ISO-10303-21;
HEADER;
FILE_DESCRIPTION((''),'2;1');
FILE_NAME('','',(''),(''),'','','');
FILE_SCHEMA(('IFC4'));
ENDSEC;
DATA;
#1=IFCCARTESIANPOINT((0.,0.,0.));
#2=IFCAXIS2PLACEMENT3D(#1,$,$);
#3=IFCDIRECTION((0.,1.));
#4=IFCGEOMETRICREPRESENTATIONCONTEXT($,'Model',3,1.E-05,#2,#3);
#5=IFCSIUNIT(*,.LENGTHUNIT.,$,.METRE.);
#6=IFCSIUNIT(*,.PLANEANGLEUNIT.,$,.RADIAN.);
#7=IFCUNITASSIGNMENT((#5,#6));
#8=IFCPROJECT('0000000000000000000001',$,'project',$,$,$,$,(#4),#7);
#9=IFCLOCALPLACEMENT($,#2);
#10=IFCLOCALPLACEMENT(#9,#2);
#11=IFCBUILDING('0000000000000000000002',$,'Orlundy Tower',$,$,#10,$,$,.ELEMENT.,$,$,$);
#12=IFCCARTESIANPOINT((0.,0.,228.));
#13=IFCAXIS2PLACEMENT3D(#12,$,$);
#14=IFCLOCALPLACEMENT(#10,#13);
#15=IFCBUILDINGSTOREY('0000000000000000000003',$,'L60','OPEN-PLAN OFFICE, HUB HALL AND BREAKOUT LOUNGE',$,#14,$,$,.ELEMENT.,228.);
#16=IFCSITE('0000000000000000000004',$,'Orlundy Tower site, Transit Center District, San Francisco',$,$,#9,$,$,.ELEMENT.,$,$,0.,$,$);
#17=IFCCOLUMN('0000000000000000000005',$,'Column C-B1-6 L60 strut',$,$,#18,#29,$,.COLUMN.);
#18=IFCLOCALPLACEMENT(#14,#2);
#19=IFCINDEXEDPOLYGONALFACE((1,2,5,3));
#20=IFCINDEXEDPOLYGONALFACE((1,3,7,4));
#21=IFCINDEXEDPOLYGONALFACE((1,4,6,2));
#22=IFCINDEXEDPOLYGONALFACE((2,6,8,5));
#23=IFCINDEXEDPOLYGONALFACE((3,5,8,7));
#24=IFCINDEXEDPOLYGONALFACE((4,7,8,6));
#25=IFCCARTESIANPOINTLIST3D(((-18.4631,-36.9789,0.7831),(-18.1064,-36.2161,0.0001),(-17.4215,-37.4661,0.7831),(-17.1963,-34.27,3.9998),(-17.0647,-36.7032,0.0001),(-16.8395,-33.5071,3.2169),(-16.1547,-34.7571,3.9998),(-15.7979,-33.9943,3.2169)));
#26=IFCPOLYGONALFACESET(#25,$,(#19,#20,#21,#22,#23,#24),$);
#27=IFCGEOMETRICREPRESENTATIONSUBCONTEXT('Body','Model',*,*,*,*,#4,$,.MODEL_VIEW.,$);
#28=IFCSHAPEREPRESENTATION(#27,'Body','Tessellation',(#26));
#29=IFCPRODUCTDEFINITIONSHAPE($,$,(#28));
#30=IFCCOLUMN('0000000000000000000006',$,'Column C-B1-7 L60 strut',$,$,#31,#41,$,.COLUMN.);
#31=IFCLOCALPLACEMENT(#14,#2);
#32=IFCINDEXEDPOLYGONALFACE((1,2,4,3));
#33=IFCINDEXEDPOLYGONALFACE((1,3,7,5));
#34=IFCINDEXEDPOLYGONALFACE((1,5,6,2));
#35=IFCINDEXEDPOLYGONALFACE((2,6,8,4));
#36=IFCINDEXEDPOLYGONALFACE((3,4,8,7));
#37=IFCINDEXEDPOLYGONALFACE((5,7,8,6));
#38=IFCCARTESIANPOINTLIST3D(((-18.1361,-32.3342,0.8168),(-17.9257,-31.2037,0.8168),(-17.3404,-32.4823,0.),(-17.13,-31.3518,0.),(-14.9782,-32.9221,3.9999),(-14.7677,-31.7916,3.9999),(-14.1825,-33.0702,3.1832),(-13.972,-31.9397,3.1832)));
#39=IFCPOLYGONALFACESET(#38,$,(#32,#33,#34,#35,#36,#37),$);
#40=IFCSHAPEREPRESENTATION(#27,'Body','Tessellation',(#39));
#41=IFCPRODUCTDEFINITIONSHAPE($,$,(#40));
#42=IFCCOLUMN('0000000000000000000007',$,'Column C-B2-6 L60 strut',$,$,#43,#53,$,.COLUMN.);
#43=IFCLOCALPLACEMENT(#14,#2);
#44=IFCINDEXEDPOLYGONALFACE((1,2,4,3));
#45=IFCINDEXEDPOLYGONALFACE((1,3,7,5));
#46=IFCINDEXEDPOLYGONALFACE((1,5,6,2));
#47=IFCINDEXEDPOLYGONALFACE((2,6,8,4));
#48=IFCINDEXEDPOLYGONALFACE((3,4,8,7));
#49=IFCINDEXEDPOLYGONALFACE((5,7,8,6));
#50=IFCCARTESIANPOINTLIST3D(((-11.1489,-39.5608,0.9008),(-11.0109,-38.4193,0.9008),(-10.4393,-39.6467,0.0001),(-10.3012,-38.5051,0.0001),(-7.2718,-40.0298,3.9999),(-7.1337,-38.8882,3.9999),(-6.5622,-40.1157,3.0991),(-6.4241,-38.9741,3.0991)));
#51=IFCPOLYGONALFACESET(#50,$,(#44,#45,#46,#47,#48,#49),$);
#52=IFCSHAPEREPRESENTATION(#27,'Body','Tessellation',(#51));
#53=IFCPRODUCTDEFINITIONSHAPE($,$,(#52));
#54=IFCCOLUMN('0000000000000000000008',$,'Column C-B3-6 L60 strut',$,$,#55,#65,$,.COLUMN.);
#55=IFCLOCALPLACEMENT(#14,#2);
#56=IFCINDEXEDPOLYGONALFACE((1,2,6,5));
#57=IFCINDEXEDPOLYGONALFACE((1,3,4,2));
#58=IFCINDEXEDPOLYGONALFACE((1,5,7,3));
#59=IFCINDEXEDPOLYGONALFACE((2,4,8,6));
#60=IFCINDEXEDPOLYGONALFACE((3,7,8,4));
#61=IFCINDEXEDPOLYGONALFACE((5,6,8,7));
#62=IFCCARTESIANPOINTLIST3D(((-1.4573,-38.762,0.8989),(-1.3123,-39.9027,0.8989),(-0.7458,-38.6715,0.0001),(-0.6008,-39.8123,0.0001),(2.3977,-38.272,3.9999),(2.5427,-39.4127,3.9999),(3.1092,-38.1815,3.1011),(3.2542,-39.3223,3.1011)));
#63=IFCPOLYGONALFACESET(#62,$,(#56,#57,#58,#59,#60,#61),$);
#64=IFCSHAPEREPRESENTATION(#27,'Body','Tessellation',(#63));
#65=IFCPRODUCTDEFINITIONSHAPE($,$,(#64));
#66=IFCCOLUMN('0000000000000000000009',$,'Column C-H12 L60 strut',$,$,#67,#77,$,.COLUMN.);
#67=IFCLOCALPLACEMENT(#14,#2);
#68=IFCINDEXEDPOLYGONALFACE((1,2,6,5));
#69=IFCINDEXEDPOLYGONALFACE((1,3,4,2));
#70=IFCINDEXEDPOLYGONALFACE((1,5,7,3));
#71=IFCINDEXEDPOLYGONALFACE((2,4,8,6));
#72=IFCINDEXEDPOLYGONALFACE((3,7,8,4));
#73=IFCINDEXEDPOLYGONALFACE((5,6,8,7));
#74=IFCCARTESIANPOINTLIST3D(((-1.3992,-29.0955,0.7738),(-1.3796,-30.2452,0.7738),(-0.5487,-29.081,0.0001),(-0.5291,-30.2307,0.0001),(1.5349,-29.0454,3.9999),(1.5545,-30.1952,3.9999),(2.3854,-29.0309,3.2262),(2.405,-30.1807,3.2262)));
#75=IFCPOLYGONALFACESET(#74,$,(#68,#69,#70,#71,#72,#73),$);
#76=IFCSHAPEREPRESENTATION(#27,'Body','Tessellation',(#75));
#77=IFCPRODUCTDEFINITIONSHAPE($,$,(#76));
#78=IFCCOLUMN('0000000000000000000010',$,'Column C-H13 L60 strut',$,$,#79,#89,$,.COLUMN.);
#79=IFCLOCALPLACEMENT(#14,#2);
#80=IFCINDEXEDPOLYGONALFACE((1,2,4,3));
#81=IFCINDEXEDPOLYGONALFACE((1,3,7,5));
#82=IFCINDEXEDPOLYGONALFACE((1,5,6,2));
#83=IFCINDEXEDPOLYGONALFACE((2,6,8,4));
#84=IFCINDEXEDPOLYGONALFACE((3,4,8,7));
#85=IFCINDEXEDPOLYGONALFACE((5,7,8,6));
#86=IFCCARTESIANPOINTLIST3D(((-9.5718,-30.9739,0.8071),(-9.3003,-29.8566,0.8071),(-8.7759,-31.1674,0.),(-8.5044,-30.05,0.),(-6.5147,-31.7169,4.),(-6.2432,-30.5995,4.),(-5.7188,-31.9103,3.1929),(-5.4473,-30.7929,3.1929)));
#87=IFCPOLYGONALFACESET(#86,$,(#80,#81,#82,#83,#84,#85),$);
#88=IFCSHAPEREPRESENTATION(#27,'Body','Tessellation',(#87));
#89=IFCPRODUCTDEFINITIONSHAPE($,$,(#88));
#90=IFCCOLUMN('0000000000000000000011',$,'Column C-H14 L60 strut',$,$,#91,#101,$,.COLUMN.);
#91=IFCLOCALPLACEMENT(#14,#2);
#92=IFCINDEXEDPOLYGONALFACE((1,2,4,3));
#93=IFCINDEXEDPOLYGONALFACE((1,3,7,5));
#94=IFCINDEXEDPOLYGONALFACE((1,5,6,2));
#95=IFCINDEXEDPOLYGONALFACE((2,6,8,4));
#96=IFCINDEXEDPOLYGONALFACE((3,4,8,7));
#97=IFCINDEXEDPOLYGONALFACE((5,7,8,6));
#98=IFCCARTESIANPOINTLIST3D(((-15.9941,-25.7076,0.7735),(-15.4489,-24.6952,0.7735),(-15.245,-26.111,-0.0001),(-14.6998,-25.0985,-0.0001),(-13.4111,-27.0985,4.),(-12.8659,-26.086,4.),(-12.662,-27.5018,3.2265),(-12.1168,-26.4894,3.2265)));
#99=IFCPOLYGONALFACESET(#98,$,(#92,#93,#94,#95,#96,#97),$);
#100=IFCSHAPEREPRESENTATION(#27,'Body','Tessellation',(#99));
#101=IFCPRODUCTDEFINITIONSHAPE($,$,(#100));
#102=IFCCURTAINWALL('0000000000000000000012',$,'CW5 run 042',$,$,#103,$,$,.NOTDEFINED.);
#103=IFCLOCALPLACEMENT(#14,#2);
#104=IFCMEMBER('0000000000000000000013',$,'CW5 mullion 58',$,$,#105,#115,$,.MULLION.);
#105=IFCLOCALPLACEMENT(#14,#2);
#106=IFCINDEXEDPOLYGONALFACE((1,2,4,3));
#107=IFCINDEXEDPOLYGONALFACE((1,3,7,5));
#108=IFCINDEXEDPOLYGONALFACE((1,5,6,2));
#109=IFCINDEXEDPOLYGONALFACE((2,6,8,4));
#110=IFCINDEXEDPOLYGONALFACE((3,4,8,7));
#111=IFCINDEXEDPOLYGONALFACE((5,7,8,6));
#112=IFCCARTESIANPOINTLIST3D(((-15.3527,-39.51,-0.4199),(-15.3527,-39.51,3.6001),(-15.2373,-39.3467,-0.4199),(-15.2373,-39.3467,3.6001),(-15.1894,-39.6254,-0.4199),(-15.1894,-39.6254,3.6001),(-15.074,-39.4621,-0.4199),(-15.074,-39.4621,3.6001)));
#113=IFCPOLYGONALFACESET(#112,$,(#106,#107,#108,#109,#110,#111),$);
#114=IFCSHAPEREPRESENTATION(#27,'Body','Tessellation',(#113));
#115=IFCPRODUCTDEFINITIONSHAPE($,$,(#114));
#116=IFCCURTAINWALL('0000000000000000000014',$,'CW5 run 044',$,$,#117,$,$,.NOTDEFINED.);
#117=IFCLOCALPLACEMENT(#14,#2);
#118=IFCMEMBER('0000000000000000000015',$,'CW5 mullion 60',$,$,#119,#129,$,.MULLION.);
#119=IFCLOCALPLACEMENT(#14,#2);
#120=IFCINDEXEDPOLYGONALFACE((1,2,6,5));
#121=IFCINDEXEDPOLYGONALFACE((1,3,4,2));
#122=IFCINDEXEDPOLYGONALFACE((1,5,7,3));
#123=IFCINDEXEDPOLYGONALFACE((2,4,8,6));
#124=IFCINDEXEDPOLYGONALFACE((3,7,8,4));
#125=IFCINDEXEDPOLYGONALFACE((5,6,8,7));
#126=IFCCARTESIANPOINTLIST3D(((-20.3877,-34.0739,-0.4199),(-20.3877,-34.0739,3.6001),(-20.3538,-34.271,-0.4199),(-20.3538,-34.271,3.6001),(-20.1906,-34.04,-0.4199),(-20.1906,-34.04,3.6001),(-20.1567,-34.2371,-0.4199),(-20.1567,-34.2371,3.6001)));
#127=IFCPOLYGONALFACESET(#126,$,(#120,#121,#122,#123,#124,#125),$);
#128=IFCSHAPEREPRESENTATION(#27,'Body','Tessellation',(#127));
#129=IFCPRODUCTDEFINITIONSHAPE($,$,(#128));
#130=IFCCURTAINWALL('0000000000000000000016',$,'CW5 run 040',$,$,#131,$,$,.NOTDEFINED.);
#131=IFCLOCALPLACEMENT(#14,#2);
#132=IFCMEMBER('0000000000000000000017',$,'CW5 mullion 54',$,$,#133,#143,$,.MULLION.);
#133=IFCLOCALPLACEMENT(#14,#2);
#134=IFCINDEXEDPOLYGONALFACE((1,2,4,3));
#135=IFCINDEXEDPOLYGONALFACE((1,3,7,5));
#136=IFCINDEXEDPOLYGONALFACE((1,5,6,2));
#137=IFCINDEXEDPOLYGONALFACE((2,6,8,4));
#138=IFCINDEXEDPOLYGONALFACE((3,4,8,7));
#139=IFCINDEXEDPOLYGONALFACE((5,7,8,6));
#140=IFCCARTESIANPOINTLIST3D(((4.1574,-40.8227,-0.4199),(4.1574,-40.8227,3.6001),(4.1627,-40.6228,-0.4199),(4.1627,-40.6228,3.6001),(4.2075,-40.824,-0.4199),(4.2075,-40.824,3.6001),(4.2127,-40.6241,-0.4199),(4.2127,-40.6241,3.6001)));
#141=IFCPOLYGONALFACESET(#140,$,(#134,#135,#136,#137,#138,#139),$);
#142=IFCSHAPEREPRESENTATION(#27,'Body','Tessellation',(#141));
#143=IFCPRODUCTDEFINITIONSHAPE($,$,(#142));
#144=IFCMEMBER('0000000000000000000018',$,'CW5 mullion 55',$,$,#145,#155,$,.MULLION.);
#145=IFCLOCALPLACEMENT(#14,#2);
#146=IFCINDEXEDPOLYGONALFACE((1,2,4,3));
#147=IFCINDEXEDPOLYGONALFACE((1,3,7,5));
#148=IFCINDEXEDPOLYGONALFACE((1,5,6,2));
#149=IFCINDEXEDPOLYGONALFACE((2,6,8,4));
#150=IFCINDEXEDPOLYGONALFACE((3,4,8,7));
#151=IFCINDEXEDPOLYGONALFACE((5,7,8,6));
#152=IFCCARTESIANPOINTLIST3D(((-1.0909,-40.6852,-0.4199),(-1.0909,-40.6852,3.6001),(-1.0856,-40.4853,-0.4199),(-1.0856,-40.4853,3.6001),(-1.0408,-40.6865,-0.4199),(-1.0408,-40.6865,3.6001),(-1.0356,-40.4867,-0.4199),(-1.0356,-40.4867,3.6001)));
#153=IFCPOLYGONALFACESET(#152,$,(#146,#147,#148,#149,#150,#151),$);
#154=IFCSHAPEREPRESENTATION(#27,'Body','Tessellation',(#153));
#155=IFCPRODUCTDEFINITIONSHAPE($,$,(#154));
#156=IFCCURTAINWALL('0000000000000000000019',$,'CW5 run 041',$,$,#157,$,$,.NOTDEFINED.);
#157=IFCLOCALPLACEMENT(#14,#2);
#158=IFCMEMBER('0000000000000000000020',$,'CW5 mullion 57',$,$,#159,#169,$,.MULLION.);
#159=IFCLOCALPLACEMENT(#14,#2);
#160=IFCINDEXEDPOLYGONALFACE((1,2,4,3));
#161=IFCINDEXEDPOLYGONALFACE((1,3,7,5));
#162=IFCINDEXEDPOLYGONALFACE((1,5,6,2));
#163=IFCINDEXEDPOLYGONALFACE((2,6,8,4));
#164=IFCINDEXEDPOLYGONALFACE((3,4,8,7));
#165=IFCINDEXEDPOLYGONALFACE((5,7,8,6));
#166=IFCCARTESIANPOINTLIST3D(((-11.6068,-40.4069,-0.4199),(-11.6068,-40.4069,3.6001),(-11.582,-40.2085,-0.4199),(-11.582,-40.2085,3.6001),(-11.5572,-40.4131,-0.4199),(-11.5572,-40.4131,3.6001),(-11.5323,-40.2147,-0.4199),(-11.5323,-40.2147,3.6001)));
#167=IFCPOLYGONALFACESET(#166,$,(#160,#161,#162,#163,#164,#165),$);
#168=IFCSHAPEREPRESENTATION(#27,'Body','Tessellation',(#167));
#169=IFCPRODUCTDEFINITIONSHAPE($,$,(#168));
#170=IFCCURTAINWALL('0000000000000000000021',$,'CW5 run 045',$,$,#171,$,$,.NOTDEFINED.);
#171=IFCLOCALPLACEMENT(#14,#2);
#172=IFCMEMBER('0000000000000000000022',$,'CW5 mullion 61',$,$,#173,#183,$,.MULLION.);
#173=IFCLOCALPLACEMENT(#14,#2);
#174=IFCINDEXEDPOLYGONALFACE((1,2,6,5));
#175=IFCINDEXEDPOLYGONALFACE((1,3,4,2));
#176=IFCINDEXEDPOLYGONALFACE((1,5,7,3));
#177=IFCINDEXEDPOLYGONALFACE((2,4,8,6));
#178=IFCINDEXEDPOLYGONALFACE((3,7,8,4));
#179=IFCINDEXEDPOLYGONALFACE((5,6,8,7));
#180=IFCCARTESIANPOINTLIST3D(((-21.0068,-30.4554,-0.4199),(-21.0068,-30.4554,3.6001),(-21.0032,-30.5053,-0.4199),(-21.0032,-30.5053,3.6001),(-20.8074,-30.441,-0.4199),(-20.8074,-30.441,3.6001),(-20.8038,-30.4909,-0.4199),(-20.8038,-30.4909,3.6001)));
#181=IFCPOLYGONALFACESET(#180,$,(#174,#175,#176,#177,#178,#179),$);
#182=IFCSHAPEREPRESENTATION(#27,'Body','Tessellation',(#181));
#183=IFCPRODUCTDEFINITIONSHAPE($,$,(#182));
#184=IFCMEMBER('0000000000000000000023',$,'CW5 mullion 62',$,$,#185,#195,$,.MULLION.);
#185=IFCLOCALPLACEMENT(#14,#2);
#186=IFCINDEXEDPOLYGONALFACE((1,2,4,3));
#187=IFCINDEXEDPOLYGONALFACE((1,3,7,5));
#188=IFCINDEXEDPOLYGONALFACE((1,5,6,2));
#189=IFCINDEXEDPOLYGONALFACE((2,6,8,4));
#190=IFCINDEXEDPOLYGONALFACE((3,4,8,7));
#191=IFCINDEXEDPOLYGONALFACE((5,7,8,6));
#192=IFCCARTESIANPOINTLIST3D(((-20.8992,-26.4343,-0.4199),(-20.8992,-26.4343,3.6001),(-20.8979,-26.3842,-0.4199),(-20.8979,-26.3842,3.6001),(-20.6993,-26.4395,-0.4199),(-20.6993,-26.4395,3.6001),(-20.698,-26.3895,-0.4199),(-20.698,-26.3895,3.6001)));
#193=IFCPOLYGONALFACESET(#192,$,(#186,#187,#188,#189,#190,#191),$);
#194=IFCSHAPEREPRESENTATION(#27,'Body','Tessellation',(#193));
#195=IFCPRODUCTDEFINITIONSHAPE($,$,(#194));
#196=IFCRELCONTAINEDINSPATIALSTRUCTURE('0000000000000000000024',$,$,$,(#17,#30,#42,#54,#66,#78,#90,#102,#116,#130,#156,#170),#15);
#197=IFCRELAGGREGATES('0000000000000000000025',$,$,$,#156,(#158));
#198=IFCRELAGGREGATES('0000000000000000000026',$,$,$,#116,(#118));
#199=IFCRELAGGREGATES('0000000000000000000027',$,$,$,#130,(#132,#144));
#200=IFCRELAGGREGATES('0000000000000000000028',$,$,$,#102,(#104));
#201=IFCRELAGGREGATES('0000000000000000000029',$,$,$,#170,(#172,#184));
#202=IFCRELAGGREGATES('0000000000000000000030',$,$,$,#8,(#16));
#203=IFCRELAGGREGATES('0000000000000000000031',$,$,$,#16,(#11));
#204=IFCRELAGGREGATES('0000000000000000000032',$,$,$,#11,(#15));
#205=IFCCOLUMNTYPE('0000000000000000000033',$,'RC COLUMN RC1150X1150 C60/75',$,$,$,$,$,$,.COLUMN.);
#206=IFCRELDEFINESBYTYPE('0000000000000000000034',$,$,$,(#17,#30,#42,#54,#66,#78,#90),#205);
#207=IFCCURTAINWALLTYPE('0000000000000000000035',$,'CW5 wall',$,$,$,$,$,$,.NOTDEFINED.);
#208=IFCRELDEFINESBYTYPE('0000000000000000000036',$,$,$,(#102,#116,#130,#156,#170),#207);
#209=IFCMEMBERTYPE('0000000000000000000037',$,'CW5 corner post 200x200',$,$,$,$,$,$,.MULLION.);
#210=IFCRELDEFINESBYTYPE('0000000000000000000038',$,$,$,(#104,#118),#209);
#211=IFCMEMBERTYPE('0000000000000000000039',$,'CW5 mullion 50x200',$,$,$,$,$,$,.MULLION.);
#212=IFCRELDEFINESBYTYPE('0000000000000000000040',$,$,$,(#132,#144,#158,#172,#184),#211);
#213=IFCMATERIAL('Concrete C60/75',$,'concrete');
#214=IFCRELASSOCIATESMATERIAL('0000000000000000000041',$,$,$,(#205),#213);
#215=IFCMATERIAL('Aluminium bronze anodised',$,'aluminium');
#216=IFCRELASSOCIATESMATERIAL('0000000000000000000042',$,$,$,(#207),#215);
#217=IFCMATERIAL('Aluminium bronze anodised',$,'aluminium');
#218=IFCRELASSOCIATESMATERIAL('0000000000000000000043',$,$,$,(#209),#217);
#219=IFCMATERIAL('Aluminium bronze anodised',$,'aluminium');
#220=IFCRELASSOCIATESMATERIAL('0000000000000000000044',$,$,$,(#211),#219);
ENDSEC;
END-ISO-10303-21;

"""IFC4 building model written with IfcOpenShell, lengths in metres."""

from ifc_helpers import new_model, si_unit, direction, frame, origin, origin_2d, place, context, subcontext, project, spatial, rectangle, extrude, material, material_profile, profile_set, type_object, element, aggregate, save


model = new_model("IFC4")

# Units and contexts
model_context = context("Model", 3, precision=1e-05, world=origin(), true_north=direction((0.0, 1.0)))
body_context = subcontext(model_context, "Body", "Model", "MODEL_VIEW")
ifc_project = project(units=[si_unit("LENGTHUNIT", "METRE"), si_unit("PLANEANGLEUNIT", "RADIAN")], contexts=[model_context])

# Site, building, storey
site_placement = place(None, origin())
site = spatial("IfcSite", under=ifc_project, at=site_placement, Name="Orlundy Tower site, Transit Center District, San Francisco", CompositionType="ELEMENT", RefElevation=0.0)
building_placement = place(site_placement, origin())
building = spatial("IfcBuilding", under=site, at=building_placement, Name="Orlundy Tower", CompositionType="ELEMENT")
storey_placement = place(building_placement, frame((0.0, 0.0, 228.0)))
storey = spatial("IfcBuildingStorey", under=building, at=storey_placement, Name="L60", Description="OPEN-PLAN OFFICE, HUB HALL AND BREAKOUT LOUNGE", CompositionType="ELEMENT", Elevation=228.0)

# Columns
ifc_material_1 = material(Name="Concrete C60/75", Category="concrete")
ifc_material_profile_1 = material_profile(ifc_material_1, rectangle(XDim=1.1499, YDim=1.1499, at=origin_2d()), Name="RC1150X1150")
ifc_profile_set_1 = profile_set([ifc_material_profile_1], Name="Concrete C60/75")
column_type = type_object("IfcColumnType", Name="RC COLUMN RC1150X1150 C60/75", PredefinedType="COLUMN", material=ifc_profile_set_1)
column_1_placement = place(storey_placement, frame((-17.7639, -36.8411, 0.3916), z_axis=(0.288432, 0.616774, 0.732391), x_axis=(-0.905843, 0.423614, 0.0)))
element("IfcColumn", 1, at=column_1_placement, inside=storey, type_object=column_type, Name="Column C-B1-6 L60 strut", PredefinedType="COLUMN", context=body_context, shape_type="SweptSolid", body=[
    extrude(rectangle(XDim=1.1499, YDim=1.1499, at=origin_2d()), origin(), (0.0, 0.0, 1.0), 4.3921),
])
column_2_placement = place(storey_placement, frame((-17.6331, -31.843, 0.4084), z_axis=(0.69832, -0.13, 0.703881), x_axis=(0.183017, 0.98311, 0.0)))
element("IfcColumn", 2, at=column_2_placement, inside=storey, type_object=column_type, Name="Column C-B1-7 L60 strut", PredefinedType="COLUMN", context=body_context, shape_type="SweptSolid", body=[
    extrude(rectangle(XDim=1.1499, YDim=1.1499, at=origin_2d()), origin(), (0.0, 0.0, 1.0), 4.5222),
])
column_3_placement = place(storey_placement, frame((-10.7251, -39.033, 0.4504), z_axis=(0.777664, -0.094068, 0.621602), x_axis=(0.120087, 0.992763, 0.0)))
element("IfcColumn", 3, at=column_3_placement, inside=storey, type_object=column_type, Name="Column C-B2-6 L60 strut", PredefinedType="COLUMN", context=body_context, shape_type="SweptSolid", body=[
    extrude(rectangle(XDim=1.1499, YDim=1.1499, at=origin_2d()), origin(), (0.0, 0.0, 1.0), 4.9856),
])
column_4_placement = place(storey_placement, frame((-1.0291, -39.2871, 0.4495), z_axis=(0.775388, 0.098556, 0.623747), x_axis=(-0.126091, 0.992019, 0.0)))
element("IfcColumn", 4, at=column_4_placement, inside=storey, type_object=column_type, Name="Column C-B3-6 L60 strut", PredefinedType="COLUMN", context=body_context, shape_type="SweptSolid", body=[
    extrude(rectangle(XDim=1.1499, YDim=1.1499, at=origin_2d()), origin(), (0.0, 0.0, 1.0), 4.9717),
])
column_5_placement = place(storey_placement, frame((-0.9641, -29.6631, 0.387), z_axis=(0.67279, 0.011476, 0.739744), x_axis=(-0.017055, 0.999855, 0.0)))
element("IfcColumn", 5, at=column_5_placement, inside=storey, type_object=column_type, Name="Column C-H12 L60 strut", PredefinedType="COLUMN", context=body_context, shape_type="SweptSolid", body=[
    extrude(rectangle(XDim=1.1499, YDim=1.1499, at=origin_2d()), origin(), (0.0, 0.0, 1.0), 4.3611),
])
column_6_placement = place(storey_placement, frame((-9.0381, -30.512, 0.4036), z_axis=(0.682021, -0.16574, 0.712304), x_axis=(0.23614, 0.971719, 0.0)))
element("IfcColumn", 6, at=column_6_placement, inside=storey, type_object=column_type, Name="Column C-H13 L60 strut", PredefinedType="COLUMN", context=body_context, shape_type="SweptSolid", body=[
    extrude(rectangle(XDim=1.1499, YDim=1.1499, at=origin_2d()), origin(), (0.0, 0.0, 1.0), 4.4824),
])
column_7_placement = place(storey_placement, frame((-15.3469, -25.4031, 0.3867), z_axis=(0.592315, -0.318943, 0.73989), x_axis=(0.474105, 0.880468, 0.0)))
element("IfcColumn", 7, at=column_7_placement, inside=storey, type_object=column_type, Name="Column C-H14 L60 strut", PredefinedType="COLUMN", context=body_context, shape_type="SweptSolid", body=[
    extrude(rectangle(XDim=1.1499, YDim=1.1499, at=origin_2d()), origin(), (0.0, 0.0, 1.0), 4.3608),
])

# Curtain walls, members
ifc_material_2 = material(Name="Aluminium bronze anodised", Category="aluminium")
curtain_wall_type = type_object("IfcCurtainWallType", Name="CW5 wall", PredefinedType="NOTDEFINED", material=ifc_material_2)
curtain_wall_1_placement = place(storey_placement, origin())
curtain_wall_1 = element("IfcCurtainWall", 8, at=curtain_wall_1_placement, inside=storey, type_object=curtain_wall_type, Name="CW5 run 042", PredefinedType="NOTDEFINED")
ifc_material_3 = material(Name="Aluminium bronze anodised", Category="aluminium")
ifc_material_profile_2 = material_profile(ifc_material_3, rectangle(XDim=0.2, YDim=0.2, at=origin_2d()), Name="CW5 corner post 200x200")
ifc_profile_set_2 = profile_set([ifc_material_profile_2], Name="Aluminium bronze anodised")
member_type_1 = type_object("IfcMemberType", Name="CW5 corner post 200x200", PredefinedType="MULLION", material=ifc_profile_set_2)
member_1_placement = place(storey_placement, frame((-15.2134, -39.4861, -0.4199), z_axis=(0.0, 0.0, 1.0), x_axis=(-0.577096, -0.816676, 0.0)))
member_1 = element("IfcMember", 9, at=member_1_placement, type_object=member_type_1, Name="CW5 mullion 58", PredefinedType="MULLION", context=body_context, shape_type="SweptSolid", body=[
    extrude(rectangle(XDim=0.2, YDim=0.2, at=origin_2d()), origin(), (0.0, 0.0, 1.0), 4.02),
])
curtain_wall_2_placement = place(storey_placement, origin())
curtain_wall_2 = element("IfcCurtainWall", 10, at=curtain_wall_2_placement, inside=storey, type_object=curtain_wall_type, Name="CW5 run 044", PredefinedType="NOTDEFINED")
member_2_placement = place(storey_placement, frame((-20.2722, -34.1555, -0.4199), z_axis=(0.0, 0.0, 1.0), x_axis=(-0.985543, -0.169428, 0.0)))
member_2 = element("IfcMember", 11, at=member_2_placement, type_object=member_type_1, Name="CW5 mullion 60", PredefinedType="MULLION", context=body_context, shape_type="SweptSolid", body=[
    extrude(rectangle(XDim=0.2, YDim=0.2, at=origin_2d()), origin(), (0.0, 0.0, 1.0), 4.02),
])

# Curtain wall, members
curtain_wall_3_placement = place(storey_placement, origin())
curtain_wall_3 = element("IfcCurtainWall", 12, at=curtain_wall_3_placement, inside=storey, type_object=curtain_wall_type, Name="CW5 run 040", PredefinedType="NOTDEFINED")
ifc_material_4 = material(Name="Aluminium bronze anodised", Category="aluminium")
ifc_material_profile_3 = material_profile(ifc_material_4, rectangle(XDim=0.2, YDim=0.05, at=origin_2d()), Name="CW5 mullion 50x200")
ifc_profile_set_3 = profile_set([ifc_material_profile_3], Name="Aluminium bronze anodised")
member_type_2 = type_object("IfcMemberType", Name="CW5 mullion 50x200", PredefinedType="MULLION", material=ifc_profile_set_3)
member_3_placement = place(storey_placement, frame((4.1851, -40.7234, -0.4199), z_axis=(0.0, 0.0, 1.0), x_axis=(-0.02619, -0.999657, 0.0)))
member_3 = element("IfcMember", 13, at=member_3_placement, type_object=member_type_2, Name="CW5 mullion 54", PredefinedType="MULLION", context=body_context, shape_type="SweptSolid", body=[
    extrude(rectangle(XDim=0.2, YDim=0.05, at=origin_2d()), origin(), (0.0, 0.0, 1.0), 4.02),
])
member_4_placement = place(storey_placement, frame((-1.0632, -40.5859, -0.4199), z_axis=(0.0, 0.0, 1.0), x_axis=(-0.02619, -0.999657, 0.0)))
member_4 = element("IfcMember", 14, at=member_4_placement, type_object=member_type_2, Name="CW5 mullion 55", PredefinedType="MULLION", context=body_context, shape_type="SweptSolid", body=[
    extrude(rectangle(XDim=0.2, YDim=0.05, at=origin_2d()), origin(), (0.0, 0.0, 1.0), 4.02),
])

# Curtain wall, member
curtain_wall_4_placement = place(storey_placement, origin())
curtain_wall_4 = element("IfcCurtainWall", 15, at=curtain_wall_4_placement, inside=storey, type_object=curtain_wall_type, Name="CW5 run 041", PredefinedType="NOTDEFINED")
member_5_placement = place(storey_placement, frame((-11.5696, -40.3108, -0.4199), z_axis=(0.0, 0.0, 1.0), x_axis=(-0.124042, -0.992277, 0.0)))
member_5 = element("IfcMember", 16, at=member_5_placement, type_object=member_type_2, Name="CW5 mullion 57", PredefinedType="MULLION", context=body_context, shape_type="SweptSolid", body=[
    extrude(rectangle(XDim=0.2, YDim=0.05, at=origin_2d()), origin(), (0.0, 0.0, 1.0), 4.02),
])

# Curtain wall, members
curtain_wall_5_placement = place(storey_placement, origin())
curtain_wall_5 = element("IfcCurtainWall", 17, at=curtain_wall_5_placement, inside=storey, type_object=curtain_wall_type, Name="CW5 run 045", PredefinedType="NOTDEFINED")
member_6_placement = place(storey_placement, frame((-20.9053, -30.4731, -0.4199), z_axis=(0.0, 0.0, 1.0), x_axis=(-0.99741, -0.071922, 0.0)))
member_6 = element("IfcMember", 18, at=member_6_placement, type_object=member_type_2, Name="CW5 mullion 61", PredefinedType="MULLION", context=body_context, shape_type="SweptSolid", body=[
    extrude(rectangle(XDim=0.2, YDim=0.05, at=origin_2d()), origin(), (0.0, 0.0, 1.0), 4.02),
])
member_7_placement = place(storey_placement, frame((-20.7986, -26.4119, -0.4199), z_axis=(0.0, 0.0, 1.0), x_axis=(-0.999655, 0.026277, 0.0)))
member_7 = element("IfcMember", 19, at=member_7_placement, type_object=member_type_2, Name="CW5 mullion 62", PredefinedType="MULLION", context=body_context, shape_type="SweptSolid", body=[
    extrude(rectangle(XDim=0.2, YDim=0.05, at=origin_2d()), origin(), (0.0, 0.0, 1.0), 4.02),
])

aggregate(curtain_wall_4, [member_5])
aggregate(curtain_wall_2, [member_2])
aggregate(curtain_wall_3, [member_3, member_4])
aggregate(curtain_wall_1, [member_1])
aggregate(curtain_wall_5, [member_6, member_7])

save(model, "model.ifc")
